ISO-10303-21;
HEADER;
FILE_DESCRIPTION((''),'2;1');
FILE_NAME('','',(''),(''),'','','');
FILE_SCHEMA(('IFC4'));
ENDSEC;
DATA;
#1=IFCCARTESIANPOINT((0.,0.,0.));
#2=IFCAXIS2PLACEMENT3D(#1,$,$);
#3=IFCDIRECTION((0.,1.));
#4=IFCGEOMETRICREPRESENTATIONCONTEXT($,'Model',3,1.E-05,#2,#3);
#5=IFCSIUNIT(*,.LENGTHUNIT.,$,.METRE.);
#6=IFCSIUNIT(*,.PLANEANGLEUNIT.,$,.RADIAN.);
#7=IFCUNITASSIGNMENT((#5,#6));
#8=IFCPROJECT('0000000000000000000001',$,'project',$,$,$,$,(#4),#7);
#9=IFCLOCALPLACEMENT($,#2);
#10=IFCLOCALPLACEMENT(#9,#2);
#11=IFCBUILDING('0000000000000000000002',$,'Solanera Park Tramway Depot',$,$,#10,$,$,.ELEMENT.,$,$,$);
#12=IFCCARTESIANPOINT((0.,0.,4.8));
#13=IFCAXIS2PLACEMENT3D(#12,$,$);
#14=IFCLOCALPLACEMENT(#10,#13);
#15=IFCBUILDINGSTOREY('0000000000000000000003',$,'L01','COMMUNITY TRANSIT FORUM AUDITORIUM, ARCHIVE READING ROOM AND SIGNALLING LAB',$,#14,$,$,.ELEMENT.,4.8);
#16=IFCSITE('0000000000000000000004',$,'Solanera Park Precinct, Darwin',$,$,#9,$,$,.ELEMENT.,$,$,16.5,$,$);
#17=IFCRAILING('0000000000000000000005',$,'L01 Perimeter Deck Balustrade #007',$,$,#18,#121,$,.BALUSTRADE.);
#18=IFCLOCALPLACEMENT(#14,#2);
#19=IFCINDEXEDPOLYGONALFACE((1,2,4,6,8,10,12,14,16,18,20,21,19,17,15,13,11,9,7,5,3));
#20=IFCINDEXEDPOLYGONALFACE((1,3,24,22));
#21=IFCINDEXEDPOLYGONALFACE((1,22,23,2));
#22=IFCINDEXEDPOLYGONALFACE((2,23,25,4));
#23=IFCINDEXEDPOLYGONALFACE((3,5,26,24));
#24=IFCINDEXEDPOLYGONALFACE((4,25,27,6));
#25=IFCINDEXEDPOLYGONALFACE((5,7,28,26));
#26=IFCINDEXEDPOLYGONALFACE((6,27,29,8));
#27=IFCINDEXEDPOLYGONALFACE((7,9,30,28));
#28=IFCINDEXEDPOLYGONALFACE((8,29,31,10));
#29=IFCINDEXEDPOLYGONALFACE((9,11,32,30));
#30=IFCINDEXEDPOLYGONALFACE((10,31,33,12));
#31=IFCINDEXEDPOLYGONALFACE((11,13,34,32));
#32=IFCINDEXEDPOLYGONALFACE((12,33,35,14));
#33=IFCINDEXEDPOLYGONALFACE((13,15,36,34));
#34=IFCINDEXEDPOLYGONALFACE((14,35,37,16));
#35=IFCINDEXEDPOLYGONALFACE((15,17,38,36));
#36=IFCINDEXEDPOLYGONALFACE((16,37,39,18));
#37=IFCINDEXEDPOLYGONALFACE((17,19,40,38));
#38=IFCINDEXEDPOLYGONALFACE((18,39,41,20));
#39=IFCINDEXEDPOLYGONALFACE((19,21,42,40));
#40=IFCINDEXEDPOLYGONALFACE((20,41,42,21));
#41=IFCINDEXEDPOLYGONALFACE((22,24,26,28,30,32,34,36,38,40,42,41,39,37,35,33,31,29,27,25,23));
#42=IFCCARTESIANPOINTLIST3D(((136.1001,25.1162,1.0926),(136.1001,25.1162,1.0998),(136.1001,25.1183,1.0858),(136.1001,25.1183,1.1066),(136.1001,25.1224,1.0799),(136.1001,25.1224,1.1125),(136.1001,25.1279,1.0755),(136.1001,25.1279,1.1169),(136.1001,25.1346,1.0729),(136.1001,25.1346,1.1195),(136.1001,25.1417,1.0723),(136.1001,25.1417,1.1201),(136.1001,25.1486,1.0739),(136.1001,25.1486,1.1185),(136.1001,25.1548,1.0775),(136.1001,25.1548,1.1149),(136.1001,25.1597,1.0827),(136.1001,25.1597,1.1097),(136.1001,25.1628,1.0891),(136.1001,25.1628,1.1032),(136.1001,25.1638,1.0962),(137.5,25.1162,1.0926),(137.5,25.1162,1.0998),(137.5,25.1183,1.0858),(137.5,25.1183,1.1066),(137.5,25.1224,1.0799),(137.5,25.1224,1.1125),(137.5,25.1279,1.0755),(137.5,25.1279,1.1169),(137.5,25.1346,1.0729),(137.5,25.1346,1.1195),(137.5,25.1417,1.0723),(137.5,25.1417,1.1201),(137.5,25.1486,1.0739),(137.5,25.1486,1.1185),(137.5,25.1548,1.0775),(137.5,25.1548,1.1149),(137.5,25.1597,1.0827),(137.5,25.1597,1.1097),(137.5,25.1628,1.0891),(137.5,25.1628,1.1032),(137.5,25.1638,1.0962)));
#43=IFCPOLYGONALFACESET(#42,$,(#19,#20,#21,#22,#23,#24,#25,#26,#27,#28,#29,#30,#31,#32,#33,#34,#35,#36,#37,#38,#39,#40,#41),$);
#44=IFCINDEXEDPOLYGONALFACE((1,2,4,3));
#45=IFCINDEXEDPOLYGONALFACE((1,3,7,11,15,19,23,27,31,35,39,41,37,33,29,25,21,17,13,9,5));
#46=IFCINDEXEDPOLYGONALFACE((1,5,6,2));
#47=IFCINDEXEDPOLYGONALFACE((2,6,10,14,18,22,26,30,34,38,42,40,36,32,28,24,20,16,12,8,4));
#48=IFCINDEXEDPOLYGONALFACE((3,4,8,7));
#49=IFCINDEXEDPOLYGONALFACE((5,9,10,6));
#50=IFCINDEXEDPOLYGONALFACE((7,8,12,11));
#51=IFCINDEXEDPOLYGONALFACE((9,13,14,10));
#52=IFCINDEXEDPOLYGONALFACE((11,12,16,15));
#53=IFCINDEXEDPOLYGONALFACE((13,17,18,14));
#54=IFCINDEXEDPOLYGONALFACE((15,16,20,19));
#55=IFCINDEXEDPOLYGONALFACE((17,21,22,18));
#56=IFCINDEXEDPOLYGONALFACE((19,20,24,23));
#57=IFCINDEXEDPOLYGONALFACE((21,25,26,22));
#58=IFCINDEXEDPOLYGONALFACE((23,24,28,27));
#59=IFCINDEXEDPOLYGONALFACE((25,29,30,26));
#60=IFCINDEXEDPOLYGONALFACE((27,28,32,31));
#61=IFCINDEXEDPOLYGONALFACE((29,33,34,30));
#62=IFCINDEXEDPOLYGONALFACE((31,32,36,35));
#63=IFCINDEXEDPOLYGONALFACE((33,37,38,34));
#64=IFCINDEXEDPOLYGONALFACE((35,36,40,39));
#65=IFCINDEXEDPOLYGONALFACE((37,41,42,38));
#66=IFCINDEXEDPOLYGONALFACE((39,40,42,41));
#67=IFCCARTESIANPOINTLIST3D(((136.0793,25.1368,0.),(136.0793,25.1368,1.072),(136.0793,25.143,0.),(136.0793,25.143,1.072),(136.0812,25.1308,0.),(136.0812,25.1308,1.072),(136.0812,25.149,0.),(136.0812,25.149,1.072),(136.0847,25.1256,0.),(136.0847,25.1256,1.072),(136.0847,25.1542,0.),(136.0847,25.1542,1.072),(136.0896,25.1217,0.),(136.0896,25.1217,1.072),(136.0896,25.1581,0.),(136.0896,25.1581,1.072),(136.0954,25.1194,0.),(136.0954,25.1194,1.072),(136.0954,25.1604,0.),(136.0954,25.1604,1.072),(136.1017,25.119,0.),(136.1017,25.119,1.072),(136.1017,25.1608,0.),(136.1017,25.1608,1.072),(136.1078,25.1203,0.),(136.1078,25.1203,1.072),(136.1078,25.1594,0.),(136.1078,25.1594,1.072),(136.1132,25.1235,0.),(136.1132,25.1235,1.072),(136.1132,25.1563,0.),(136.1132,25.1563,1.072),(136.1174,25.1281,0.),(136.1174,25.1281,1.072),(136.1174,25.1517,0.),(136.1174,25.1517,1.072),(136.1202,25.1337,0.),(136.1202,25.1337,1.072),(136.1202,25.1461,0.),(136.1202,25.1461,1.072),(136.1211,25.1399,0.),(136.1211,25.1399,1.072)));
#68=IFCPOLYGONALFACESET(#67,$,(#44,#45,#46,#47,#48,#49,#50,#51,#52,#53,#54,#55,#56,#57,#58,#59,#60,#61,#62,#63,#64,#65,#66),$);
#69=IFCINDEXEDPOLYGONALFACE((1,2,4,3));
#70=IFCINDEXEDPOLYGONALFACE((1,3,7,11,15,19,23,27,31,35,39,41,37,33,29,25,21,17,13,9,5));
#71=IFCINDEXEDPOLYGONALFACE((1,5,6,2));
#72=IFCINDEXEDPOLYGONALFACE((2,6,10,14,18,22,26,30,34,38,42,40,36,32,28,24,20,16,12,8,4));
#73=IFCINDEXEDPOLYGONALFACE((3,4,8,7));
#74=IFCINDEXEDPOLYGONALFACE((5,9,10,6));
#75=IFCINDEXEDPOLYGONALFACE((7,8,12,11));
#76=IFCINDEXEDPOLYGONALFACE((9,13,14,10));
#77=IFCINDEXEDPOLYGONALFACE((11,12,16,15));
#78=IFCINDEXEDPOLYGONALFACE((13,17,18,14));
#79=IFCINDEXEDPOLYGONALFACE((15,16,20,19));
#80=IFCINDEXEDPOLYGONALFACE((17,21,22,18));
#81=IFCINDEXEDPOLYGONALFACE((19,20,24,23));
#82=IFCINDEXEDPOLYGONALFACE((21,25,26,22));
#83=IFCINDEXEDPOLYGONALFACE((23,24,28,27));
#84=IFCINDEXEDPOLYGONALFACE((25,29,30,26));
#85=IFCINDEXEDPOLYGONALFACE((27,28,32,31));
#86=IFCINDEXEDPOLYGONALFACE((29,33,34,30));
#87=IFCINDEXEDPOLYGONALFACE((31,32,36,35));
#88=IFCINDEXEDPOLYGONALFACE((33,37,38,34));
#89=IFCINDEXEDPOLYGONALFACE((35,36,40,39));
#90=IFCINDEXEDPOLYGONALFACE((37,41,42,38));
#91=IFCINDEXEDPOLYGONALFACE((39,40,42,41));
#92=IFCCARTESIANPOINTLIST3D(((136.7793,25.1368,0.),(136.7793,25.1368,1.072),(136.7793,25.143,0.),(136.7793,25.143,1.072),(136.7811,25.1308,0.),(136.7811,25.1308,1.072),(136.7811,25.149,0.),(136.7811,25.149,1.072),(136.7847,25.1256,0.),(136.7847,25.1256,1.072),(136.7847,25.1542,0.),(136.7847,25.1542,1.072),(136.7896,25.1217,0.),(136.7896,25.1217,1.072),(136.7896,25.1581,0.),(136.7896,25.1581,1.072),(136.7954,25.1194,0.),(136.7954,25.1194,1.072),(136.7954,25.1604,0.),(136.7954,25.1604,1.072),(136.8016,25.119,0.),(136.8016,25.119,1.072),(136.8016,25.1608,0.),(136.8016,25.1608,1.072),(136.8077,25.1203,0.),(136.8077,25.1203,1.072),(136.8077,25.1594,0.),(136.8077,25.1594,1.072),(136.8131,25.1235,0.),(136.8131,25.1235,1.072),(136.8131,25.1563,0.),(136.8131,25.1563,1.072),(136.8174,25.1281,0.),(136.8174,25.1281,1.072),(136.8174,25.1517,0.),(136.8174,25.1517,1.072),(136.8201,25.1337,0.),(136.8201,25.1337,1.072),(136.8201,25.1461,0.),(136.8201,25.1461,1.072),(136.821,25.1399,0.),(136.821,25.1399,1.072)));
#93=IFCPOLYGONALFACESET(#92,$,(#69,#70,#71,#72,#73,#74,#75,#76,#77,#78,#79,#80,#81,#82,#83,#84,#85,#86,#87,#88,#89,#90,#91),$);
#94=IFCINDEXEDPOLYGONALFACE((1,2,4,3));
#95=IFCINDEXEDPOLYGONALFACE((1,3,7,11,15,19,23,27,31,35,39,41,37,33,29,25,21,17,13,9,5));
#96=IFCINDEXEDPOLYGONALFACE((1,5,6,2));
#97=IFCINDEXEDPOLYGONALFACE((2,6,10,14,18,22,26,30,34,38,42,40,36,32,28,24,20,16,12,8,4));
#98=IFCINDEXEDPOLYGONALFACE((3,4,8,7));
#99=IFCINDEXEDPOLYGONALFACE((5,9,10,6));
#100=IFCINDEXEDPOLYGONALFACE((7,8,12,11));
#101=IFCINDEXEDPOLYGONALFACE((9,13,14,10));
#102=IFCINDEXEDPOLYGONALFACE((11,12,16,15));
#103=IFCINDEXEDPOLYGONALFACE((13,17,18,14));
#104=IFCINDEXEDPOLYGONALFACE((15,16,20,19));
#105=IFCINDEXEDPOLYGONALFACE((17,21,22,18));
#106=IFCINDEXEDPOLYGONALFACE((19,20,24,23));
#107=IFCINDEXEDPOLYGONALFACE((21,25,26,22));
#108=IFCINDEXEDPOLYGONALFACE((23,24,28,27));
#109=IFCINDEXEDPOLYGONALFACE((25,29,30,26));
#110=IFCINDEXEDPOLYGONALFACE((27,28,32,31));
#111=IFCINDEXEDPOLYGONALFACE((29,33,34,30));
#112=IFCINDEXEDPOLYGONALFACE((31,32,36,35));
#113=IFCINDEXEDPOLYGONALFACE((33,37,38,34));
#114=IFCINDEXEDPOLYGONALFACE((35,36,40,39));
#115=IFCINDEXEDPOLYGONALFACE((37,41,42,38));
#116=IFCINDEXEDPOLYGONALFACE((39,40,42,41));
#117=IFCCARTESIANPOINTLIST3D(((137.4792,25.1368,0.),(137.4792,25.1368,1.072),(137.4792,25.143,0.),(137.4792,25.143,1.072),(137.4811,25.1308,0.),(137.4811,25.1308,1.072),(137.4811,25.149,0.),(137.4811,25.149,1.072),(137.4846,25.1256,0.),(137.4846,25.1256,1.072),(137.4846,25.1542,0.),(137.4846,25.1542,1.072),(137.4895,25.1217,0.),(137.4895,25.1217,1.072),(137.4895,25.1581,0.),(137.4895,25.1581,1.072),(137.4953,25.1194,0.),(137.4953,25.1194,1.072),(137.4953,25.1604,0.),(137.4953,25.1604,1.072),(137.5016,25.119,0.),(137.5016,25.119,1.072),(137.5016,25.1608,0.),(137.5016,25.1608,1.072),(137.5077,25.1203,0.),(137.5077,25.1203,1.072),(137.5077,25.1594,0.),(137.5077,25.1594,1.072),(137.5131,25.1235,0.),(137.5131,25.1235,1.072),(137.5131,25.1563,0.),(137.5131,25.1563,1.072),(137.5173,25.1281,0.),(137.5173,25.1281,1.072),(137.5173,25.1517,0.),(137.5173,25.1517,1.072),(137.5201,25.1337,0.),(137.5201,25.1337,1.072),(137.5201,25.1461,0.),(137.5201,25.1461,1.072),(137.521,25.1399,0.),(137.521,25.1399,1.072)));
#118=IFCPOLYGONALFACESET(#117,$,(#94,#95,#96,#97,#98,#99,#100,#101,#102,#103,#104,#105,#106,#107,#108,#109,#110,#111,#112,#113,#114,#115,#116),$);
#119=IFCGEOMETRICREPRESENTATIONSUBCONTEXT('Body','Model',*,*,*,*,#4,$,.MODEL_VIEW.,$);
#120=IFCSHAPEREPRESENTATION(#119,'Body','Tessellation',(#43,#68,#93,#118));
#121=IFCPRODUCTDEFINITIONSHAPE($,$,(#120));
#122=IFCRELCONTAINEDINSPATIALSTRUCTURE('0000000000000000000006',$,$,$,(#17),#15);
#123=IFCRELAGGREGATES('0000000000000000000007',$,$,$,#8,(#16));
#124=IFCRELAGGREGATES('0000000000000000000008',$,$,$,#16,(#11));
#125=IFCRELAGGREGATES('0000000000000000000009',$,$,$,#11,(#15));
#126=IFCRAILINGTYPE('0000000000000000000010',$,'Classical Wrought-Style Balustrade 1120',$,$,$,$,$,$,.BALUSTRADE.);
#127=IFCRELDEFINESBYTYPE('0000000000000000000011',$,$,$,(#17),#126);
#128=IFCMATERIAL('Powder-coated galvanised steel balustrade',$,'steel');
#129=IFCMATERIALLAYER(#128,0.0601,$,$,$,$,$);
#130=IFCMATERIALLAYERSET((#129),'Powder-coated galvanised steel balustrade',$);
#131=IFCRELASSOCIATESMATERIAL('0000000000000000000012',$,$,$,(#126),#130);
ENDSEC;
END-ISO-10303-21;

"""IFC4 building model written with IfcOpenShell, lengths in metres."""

from ifc_helpers import new_model, si_unit, direction, frame, origin, origin_2d, place, context, subcontext, project, spatial, circle, extrude, material, layer, layer_set, type_object, element, save


model = new_model("IFC4")

# Units and contexts
model_context = context("Model", 3, precision=1e-05, world=origin(), true_north=direction((0.0, 1.0)))
body_context = subcontext(model_context, "Body", "Model", "MODEL_VIEW")
ifc_project = project(units=[si_unit("LENGTHUNIT", "METRE"), si_unit("PLANEANGLEUNIT", "RADIAN")], contexts=[model_context])

# Site, building, storey
site_placement = place(None, origin())
site = spatial("IfcSite", under=ifc_project, at=site_placement, Name="Solanera Park Precinct, Darwin", CompositionType="ELEMENT", RefElevation=16.5)
building_placement = place(site_placement, origin())
building = spatial("IfcBuilding", under=site, at=building_placement, Name="Solanera Park Tramway Depot", CompositionType="ELEMENT")
storey_placement = place(building_placement, frame((0.0, 0.0, 4.8)))
storey = spatial("IfcBuildingStorey", under=building, at=storey_placement, Name="L01", Description="COMMUNITY TRANSIT FORUM AUDITORIUM, ARCHIVE READING ROOM AND SIGNALLING LAB", CompositionType="ELEMENT", Elevation=4.8)

# Railing
ifc_material_1 = material(Name="Powder-coated galvanised steel balustrade", Category="steel")
ifc_layer_1 = layer(ifc_material_1, 0.0601)
ifc_layer_set_1 = layer_set([ifc_layer_1], Name="Powder-coated galvanised steel balustrade")
railing_type_1 = type_object("IfcRailingType", Name="Classical Wrought-Style Balustrade 1120", PredefinedType="BALUSTRADE", material=ifc_layer_set_1)
for number, where, name in (
    (1, (136.1001, 25.1399, 0.0), "L01 Perimeter Deck Balustrade #007"),
):
    element("IfcRailing", number, at=place(storey_placement, frame(where)), inside=storey, type_object=railing_type_1, Name=name, PredefinedType="BALUSTRADE", context=body_context, shape_type="SweptSolid", body=[
        extrude(circle(Radius=0.0239, at=origin_2d()), frame((0.0, 0.0, 1.0962), z_axis=(1.0, 0.0, 0.0), x_axis=(0.0, 1.0, 0.0)), (0.0, 0.0, 1.0), 1.3999),
        extrude(circle(Radius=0.021, at=origin_2d()), origin(), (0.0, 0.0, 1.0), 1.072),
        extrude(circle(Radius=0.021, at=origin_2d()), frame((0.7, 0.0, 0.0)), (0.0, 0.0, 1.0), 1.072),
        extrude(circle(Radius=0.021, at=origin_2d()), frame((1.3999, 0.0, 0.0)), (0.0, 0.0, 1.0), 1.072),
    ])

save(model, "model.ifc")
